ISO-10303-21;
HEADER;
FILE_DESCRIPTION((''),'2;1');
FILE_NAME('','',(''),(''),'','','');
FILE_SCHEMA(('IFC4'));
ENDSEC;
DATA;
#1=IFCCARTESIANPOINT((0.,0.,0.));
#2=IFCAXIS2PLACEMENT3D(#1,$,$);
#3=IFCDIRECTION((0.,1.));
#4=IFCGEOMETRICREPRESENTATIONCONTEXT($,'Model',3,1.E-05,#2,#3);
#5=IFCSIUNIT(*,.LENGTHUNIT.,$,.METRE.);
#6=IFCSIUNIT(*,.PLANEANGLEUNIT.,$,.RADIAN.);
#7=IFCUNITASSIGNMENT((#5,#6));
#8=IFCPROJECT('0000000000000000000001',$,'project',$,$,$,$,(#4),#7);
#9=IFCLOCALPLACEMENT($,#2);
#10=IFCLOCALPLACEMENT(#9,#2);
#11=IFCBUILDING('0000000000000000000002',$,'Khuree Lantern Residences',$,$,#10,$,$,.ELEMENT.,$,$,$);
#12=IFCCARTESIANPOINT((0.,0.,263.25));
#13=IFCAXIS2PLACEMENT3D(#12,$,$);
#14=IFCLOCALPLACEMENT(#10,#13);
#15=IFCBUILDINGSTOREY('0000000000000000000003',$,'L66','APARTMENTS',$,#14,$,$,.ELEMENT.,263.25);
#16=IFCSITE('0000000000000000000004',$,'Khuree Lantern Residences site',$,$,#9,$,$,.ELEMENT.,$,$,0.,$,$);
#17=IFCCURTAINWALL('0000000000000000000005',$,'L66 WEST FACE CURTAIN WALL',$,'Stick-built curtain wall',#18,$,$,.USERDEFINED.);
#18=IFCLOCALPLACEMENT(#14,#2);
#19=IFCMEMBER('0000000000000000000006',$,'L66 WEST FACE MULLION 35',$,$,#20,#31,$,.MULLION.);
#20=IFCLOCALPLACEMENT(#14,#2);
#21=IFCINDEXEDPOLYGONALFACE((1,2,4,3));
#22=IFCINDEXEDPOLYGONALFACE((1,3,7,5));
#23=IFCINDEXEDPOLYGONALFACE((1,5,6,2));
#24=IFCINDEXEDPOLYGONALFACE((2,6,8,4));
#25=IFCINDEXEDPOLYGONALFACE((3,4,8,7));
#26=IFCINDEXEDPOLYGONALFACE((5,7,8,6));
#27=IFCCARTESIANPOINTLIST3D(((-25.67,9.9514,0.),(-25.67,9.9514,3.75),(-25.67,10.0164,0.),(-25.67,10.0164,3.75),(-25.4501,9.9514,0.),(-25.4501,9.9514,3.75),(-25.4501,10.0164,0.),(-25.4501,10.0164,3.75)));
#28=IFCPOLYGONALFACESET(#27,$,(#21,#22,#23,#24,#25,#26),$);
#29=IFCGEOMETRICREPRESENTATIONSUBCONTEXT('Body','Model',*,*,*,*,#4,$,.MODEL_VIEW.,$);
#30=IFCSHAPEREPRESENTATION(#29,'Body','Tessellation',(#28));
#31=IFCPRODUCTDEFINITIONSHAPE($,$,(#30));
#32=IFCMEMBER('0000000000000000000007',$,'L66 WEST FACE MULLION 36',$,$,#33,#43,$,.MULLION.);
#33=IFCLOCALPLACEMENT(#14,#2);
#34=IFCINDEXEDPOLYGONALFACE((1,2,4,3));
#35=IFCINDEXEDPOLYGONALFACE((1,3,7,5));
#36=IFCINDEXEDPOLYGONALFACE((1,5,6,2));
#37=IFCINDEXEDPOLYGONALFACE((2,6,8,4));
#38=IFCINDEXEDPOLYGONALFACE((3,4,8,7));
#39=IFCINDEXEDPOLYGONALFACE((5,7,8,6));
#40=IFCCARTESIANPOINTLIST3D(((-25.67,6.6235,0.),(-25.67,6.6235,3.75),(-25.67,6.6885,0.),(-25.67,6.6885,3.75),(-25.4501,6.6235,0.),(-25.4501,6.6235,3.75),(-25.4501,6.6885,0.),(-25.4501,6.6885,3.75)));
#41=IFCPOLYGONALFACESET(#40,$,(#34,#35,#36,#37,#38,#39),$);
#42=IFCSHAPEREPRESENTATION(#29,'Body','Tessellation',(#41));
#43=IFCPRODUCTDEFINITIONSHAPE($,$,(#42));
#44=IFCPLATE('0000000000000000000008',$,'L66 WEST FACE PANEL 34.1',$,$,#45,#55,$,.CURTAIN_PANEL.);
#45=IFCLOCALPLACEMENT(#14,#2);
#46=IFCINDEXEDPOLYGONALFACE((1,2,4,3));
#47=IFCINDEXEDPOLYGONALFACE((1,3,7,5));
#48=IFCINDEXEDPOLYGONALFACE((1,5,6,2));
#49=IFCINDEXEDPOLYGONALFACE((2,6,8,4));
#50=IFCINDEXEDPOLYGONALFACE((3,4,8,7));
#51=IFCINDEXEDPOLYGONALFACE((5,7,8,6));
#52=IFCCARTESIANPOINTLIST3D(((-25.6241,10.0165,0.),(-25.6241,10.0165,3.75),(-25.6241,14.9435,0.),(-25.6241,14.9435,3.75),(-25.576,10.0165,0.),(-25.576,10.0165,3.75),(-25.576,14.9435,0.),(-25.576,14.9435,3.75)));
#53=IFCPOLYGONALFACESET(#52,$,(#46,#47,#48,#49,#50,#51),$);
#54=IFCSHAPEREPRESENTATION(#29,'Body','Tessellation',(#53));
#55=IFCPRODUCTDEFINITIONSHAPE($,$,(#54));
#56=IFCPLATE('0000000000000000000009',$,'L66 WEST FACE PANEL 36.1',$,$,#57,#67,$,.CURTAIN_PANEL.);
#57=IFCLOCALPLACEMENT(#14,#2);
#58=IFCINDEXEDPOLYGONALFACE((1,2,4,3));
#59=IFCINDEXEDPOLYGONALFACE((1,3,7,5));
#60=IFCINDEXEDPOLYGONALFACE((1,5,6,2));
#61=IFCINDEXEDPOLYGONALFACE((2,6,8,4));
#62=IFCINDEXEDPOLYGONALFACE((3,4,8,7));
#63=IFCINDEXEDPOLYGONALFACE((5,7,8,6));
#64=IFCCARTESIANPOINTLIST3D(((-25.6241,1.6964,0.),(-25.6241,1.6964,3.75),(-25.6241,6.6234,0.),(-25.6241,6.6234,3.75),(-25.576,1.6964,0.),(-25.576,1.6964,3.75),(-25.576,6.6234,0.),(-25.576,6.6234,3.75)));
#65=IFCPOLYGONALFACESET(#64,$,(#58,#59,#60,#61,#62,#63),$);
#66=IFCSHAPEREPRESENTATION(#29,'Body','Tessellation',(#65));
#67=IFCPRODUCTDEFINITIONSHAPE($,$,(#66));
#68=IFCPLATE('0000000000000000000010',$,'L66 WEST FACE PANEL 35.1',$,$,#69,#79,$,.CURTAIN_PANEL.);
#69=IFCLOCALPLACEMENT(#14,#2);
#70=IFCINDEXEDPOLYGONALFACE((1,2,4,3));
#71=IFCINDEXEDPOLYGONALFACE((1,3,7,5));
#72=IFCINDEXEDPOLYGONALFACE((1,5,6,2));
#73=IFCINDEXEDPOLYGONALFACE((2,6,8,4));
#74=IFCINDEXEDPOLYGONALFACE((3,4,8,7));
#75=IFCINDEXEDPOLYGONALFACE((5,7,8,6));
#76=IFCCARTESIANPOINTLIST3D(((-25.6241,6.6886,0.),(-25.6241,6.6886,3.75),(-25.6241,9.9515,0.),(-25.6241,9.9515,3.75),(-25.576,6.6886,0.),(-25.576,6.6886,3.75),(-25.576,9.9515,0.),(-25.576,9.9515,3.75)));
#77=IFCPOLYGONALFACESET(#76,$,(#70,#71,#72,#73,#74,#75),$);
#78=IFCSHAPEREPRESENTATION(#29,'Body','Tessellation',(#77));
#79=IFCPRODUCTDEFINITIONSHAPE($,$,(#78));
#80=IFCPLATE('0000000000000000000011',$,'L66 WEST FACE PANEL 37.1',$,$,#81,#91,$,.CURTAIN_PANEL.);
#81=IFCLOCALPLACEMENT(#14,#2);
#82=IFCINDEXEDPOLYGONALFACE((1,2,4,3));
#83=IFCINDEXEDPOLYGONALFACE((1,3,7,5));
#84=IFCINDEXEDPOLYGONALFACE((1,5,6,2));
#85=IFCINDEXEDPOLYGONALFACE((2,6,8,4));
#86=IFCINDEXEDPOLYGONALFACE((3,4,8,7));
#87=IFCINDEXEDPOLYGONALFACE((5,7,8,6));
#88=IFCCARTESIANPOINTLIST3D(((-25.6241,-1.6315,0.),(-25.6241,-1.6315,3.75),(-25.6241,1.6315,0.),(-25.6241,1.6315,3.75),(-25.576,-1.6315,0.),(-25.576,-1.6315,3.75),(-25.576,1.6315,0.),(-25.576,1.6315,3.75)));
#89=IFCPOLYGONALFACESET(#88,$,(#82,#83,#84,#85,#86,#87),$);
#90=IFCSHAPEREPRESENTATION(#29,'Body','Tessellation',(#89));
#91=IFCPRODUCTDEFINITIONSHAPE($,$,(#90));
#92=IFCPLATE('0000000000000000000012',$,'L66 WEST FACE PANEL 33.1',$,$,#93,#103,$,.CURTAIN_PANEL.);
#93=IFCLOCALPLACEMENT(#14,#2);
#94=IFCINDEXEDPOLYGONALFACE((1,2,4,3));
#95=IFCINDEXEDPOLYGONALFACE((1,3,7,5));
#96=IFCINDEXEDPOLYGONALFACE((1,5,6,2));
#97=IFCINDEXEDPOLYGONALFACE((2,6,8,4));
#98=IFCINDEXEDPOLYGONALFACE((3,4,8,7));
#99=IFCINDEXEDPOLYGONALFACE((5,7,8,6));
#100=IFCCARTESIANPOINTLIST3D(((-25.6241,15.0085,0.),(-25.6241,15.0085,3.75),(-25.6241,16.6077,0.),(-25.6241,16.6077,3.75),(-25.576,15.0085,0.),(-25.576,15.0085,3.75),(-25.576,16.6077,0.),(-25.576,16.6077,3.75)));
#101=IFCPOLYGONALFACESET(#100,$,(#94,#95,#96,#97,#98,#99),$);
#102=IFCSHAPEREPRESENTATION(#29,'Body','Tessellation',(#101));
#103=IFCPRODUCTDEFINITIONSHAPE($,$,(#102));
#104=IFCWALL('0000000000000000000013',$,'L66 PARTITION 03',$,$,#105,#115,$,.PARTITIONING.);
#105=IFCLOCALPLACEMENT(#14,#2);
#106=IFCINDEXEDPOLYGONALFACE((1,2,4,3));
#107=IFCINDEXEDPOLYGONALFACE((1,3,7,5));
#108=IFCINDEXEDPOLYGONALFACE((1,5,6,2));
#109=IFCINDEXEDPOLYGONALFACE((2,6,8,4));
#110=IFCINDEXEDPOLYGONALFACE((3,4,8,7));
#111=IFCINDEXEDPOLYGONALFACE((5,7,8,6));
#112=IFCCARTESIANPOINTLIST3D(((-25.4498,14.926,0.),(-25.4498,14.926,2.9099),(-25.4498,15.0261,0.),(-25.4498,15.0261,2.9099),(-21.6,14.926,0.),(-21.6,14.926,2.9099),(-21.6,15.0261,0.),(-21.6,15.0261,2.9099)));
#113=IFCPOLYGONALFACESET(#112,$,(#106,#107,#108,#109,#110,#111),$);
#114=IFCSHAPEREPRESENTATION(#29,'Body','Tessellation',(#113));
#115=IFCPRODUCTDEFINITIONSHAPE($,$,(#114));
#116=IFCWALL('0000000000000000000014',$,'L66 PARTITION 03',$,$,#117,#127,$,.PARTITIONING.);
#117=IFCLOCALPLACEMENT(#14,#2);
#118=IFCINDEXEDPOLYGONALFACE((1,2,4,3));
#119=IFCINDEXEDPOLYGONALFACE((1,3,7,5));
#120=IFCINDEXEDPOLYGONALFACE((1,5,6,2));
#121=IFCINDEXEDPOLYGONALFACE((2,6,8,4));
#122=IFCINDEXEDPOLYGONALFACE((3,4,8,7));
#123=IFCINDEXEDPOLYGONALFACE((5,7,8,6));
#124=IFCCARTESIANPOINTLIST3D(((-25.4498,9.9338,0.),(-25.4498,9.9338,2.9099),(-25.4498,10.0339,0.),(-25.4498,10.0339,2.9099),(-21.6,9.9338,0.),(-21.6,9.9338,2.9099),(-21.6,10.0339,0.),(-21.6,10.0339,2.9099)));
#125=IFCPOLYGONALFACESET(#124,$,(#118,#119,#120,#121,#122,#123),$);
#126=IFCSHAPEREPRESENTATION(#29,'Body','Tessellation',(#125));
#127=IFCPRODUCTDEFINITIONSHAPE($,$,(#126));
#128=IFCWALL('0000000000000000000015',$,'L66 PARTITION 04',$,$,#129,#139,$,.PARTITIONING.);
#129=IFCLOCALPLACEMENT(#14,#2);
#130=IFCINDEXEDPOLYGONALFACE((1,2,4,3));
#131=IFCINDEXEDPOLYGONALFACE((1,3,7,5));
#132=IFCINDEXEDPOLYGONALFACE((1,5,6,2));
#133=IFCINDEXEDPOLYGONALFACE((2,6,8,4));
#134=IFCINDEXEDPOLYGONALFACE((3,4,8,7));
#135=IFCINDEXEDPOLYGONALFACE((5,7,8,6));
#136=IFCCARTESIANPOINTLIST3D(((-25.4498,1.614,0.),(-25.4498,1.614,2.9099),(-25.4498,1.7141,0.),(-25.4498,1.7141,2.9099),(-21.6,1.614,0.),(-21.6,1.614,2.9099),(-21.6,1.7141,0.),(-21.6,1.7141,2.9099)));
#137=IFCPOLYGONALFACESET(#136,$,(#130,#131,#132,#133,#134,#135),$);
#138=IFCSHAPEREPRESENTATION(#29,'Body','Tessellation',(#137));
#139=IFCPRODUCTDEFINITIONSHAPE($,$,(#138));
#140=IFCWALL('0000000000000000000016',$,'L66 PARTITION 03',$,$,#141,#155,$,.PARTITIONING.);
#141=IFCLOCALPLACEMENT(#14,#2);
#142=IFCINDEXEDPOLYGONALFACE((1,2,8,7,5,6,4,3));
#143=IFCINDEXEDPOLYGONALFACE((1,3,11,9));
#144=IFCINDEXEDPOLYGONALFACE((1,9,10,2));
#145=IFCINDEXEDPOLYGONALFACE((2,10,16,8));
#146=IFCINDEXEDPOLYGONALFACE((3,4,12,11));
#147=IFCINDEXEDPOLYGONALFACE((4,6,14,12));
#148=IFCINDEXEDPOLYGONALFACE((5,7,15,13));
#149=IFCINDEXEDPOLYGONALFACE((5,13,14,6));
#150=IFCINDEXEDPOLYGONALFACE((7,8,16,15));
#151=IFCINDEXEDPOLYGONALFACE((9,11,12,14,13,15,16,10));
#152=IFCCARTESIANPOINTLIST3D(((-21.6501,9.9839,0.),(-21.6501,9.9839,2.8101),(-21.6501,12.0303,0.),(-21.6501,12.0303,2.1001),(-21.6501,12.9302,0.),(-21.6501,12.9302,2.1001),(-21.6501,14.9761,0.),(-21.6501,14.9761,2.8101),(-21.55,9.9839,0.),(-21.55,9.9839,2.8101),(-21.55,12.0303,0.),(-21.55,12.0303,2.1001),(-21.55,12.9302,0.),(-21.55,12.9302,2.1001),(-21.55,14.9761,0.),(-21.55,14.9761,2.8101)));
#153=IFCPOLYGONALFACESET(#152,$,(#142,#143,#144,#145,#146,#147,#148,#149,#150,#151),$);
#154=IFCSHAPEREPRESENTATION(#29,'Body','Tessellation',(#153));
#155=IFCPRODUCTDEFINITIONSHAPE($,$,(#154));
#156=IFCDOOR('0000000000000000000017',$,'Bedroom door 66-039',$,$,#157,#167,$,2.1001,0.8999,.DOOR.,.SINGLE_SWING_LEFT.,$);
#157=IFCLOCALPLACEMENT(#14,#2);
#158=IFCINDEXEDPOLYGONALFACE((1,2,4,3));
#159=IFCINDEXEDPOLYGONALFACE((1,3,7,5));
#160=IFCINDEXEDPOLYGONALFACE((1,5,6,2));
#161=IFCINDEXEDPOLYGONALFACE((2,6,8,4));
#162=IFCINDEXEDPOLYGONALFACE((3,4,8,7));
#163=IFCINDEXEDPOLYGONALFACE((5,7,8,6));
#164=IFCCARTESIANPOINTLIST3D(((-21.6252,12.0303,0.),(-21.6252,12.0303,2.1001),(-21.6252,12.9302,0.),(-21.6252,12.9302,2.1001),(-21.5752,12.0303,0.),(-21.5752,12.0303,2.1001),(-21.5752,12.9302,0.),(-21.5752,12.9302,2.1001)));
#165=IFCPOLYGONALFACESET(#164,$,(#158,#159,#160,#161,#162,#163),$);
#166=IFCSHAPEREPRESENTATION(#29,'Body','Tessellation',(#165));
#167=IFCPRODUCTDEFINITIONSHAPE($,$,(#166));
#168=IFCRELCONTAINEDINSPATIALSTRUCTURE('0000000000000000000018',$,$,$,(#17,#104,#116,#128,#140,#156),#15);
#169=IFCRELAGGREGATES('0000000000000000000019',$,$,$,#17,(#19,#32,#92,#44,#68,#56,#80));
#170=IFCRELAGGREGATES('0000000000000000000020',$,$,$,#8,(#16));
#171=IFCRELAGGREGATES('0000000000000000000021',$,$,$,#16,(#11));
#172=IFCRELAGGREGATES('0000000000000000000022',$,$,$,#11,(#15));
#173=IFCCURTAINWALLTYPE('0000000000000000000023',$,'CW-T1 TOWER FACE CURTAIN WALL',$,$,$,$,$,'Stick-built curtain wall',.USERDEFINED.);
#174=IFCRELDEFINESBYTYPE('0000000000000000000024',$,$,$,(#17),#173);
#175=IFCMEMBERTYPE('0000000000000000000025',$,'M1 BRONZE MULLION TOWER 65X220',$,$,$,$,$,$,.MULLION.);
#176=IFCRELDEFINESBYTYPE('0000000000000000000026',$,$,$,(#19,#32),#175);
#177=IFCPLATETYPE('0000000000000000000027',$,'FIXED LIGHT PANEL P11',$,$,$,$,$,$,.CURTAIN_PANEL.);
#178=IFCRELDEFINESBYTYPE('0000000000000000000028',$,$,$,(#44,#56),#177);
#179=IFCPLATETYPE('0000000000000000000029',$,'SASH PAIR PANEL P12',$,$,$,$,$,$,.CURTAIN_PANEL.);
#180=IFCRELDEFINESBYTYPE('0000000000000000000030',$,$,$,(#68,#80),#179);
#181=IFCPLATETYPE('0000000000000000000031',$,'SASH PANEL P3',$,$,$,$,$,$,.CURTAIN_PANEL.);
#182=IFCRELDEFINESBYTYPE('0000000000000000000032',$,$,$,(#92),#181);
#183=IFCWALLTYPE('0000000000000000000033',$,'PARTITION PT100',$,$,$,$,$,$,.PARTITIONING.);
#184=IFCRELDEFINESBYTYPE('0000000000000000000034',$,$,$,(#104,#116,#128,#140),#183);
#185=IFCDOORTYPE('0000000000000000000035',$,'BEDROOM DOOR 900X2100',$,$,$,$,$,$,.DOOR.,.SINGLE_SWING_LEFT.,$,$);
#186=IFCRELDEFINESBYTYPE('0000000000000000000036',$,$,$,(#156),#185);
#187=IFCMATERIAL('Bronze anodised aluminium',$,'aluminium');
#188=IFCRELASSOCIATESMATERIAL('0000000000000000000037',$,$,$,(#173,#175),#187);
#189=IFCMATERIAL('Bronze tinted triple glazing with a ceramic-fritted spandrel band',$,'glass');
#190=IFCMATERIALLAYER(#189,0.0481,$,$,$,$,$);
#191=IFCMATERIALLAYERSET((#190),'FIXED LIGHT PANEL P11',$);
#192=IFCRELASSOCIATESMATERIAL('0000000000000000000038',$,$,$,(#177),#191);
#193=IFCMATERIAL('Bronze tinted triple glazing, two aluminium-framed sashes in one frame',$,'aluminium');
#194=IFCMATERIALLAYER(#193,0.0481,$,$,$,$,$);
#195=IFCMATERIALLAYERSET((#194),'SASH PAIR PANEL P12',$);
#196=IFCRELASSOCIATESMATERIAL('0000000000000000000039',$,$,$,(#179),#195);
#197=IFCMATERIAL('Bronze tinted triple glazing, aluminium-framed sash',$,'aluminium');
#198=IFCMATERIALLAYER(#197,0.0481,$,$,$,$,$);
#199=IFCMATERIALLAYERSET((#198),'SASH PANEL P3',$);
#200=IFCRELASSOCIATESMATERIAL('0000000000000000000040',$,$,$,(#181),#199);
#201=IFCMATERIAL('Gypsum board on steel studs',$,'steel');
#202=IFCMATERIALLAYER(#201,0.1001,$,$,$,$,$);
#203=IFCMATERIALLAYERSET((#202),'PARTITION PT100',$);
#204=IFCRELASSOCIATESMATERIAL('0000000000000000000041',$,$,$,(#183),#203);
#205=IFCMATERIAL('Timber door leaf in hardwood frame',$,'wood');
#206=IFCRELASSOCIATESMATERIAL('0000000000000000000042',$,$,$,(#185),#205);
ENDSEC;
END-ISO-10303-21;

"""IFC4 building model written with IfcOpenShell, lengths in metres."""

from ifc_helpers import new_model, si_unit, direction, frame, frame_2d, origin, origin_2d, place, context, subcontext, project, spatial, rectangle, extrude, material, layer, layer_set, material_profile, profile_set, type_object, element, fill, aggregate, save


model = new_model("IFC4")

# Units and contexts
model_context = context("Model", 3, precision=1e-05, world=origin(), true_north=direction((0.0, 1.0)))
body_context = subcontext(model_context, "Body", "Model", "MODEL_VIEW")
ifc_project = project(units=[si_unit("LENGTHUNIT", "METRE"), si_unit("PLANEANGLEUNIT", "RADIAN")], contexts=[model_context])

# Site, building, storey
site_placement = place(None, origin())
site = spatial("IfcSite", under=ifc_project, at=site_placement, Name="Khuree Lantern Residences site", CompositionType="ELEMENT", RefElevation=0.0)
building_placement = place(site_placement, origin())
building = spatial("IfcBuilding", under=site, at=building_placement, Name="Khuree Lantern Residences", CompositionType="ELEMENT")
storey_placement = place(building_placement, frame((0.0, 0.0, 263.25)))
storey = spatial("IfcBuildingStorey", under=building, at=storey_placement, Name="L66", Description="APARTMENTS", CompositionType="ELEMENT", Elevation=263.25)

# Curtain wall
ifc_material_1 = material(Name="Bronze anodised aluminium", Category="aluminium")
curtain_wall_type = type_object("IfcCurtainWallType", Name="CW-T1 TOWER FACE CURTAIN WALL", ElementType="Stick-built curtain wall", PredefinedType="USERDEFINED", material=ifc_material_1)
curtain_wall_placement = place(storey_placement, origin())
curtain_wall = element("IfcCurtainWall", 1, at=curtain_wall_placement, inside=storey, type_object=curtain_wall_type, Name="L66 WEST FACE CURTAIN WALL", ObjectType="Stick-built curtain wall", PredefinedType="USERDEFINED")

# Members
ifc_material_profile_1 = material_profile(ifc_material_1, rectangle(XDim=0.0649, YDim=0.22, at=origin_2d()), Name="M1 65X220")
ifc_profile_set_1 = profile_set([ifc_material_profile_1], Name="Bronze anodised aluminium")
member_type_1 = type_object("IfcMemberType", Name="M1 BRONZE MULLION TOWER 65X220", PredefinedType="MULLION", material=ifc_profile_set_1)
member_1_placement = place(storey_placement, frame((-25.5601, 9.9839, 0.0), z_axis=(0.0, 0.0, 1.0), x_axis=(0.0, -1.0, 0.0)))
member_1 = element("IfcMember", 2, at=member_1_placement, type_object=member_type_1, Name="L66 WEST FACE MULLION 35", PredefinedType="MULLION", context=body_context, shape_type="SweptSolid", body=[
    extrude(rectangle(XDim=0.0649, YDim=0.22, at=origin_2d()), origin(), (0.0, 0.0, 1.0), 3.75),
])
member_2_placement = place(storey_placement, frame((-25.5601, 6.656, 0.0), z_axis=(0.0, 0.0, 1.0), x_axis=(0.0, -1.0, 0.0)))
member_2 = element("IfcMember", 3, at=member_2_placement, type_object=member_type_1, Name="L66 WEST FACE MULLION 36", PredefinedType="MULLION", context=body_context, shape_type="SweptSolid", body=[
    extrude(rectangle(XDim=0.0649, YDim=0.22, at=origin_2d()), origin(), (0.0, 0.0, 1.0), 3.75),
])

# Plates
ifc_material_2 = material(Name="Bronze tinted triple glazing with a ceramic-fritted spandrel band", Category="glass")
ifc_layer_1 = layer(ifc_material_2, 0.0481)
ifc_layer_set_1 = layer_set([ifc_layer_1], Name="FIXED LIGHT PANEL P11")
plate_type_1 = type_object("IfcPlateType", Name="FIXED LIGHT PANEL P11", PredefinedType="CURTAIN_PANEL", material=ifc_layer_set_1)
plate_1_placement = place(storey_placement, frame((-25.6001, 12.48, 0.0), z_axis=(0.0, 0.0, 1.0), x_axis=(0.0, -1.0, 0.0)))
plate_1 = element("IfcPlate", 4, at=plate_1_placement, type_object=plate_type_1, Name="L66 WEST FACE PANEL 34.1", PredefinedType="CURTAIN_PANEL", context=body_context, shape_type="SweptSolid", body=[
    extrude(rectangle(XDim=4.927, YDim=0.0481, at=origin_2d()), origin(), (0.0, 0.0, 1.0), 3.75),
])
plate_2_placement = place(storey_placement, frame((-25.6001, 4.1599, 0.0), z_axis=(0.0, 0.0, 1.0), x_axis=(0.0, -1.0, 0.0)))
plate_2 = element("IfcPlate", 5, at=plate_2_placement, type_object=plate_type_1, Name="L66 WEST FACE PANEL 36.1", PredefinedType="CURTAIN_PANEL", context=body_context, shape_type="SweptSolid", body=[
    extrude(rectangle(XDim=4.927, YDim=0.0481, at=origin_2d()), origin(), (0.0, 0.0, 1.0), 3.75),
])
ifc_material_3 = material(Name="Bronze tinted triple glazing, two aluminium-framed sashes in one frame", Category="aluminium")
ifc_layer_2 = layer(ifc_material_3, 0.0481)
ifc_layer_set_2 = layer_set([ifc_layer_2], Name="SASH PAIR PANEL P12")
plate_type_2 = type_object("IfcPlateType", Name="SASH PAIR PANEL P12", PredefinedType="CURTAIN_PANEL", material=ifc_layer_set_2)
plate_3_placement = place(storey_placement, frame((-25.6001, 8.3201, 0.0), z_axis=(0.0, 0.0, 1.0), x_axis=(0.0, -1.0, 0.0)))
plate_3 = element("IfcPlate", 6, at=plate_3_placement, type_object=plate_type_2, Name="L66 WEST FACE PANEL 35.1", PredefinedType="CURTAIN_PANEL", context=body_context, shape_type="SweptSolid", body=[
    extrude(rectangle(XDim=3.2629, YDim=0.0481, at=origin_2d()), origin(), (0.0, 0.0, 1.0), 3.75),
])
plate_4_placement = place(storey_placement, frame((-25.6001, 0.0, 0.0), z_axis=(0.0, 0.0, 1.0), x_axis=(0.0, -1.0, 0.0)))
plate_4 = element("IfcPlate", 7, at=plate_4_placement, type_object=plate_type_2, Name="L66 WEST FACE PANEL 37.1", PredefinedType="CURTAIN_PANEL", context=body_context, shape_type="SweptSolid", body=[
    extrude(rectangle(XDim=3.2629, YDim=0.0481, at=origin_2d()), origin(), (0.0, 0.0, 1.0), 3.75),
])
ifc_material_4 = material(Name="Bronze tinted triple glazing, aluminium-framed sash", Category="aluminium")
ifc_layer_3 = layer(ifc_material_4, 0.0481)
ifc_layer_set_3 = layer_set([ifc_layer_3], Name="SASH PANEL P3")
plate_type_3 = type_object("IfcPlateType", Name="SASH PANEL P3", PredefinedType="CURTAIN_PANEL", material=ifc_layer_set_3)
plate_5_placement = place(storey_placement, frame((-25.6001, 15.8081, 0.0), z_axis=(0.0, 0.0, 1.0), x_axis=(0.0, -1.0, 0.0)))
plate_5 = element("IfcPlate", 8, at=plate_5_placement, type_object=plate_type_3, Name="L66 WEST FACE PANEL 33.1", PredefinedType="CURTAIN_PANEL", context=body_context, shape_type="SweptSolid", body=[
    extrude(rectangle(XDim=1.5991, YDim=0.0481, at=origin_2d()), origin(), (0.0, 0.0, 1.0), 3.75),
])
aggregate(curtain_wall, [member_1, member_2, plate_5, plate_1, plate_3, plate_2, plate_4])

# Walls
ifc_material_5 = material(Name="Gypsum board on steel studs", Category="steel")
ifc_layer_4 = layer(ifc_material_5, 0.1001)
ifc_layer_set_4 = layer_set([ifc_layer_4], Name="PARTITION PT100")
wall_type = type_object("IfcWallType", Name="PARTITION PT100", PredefinedType="PARTITIONING", material=ifc_layer_set_4)
for number, where, z_axis, x_axis, name in (
    (9, (-21.6001, 14.9761, 0.0), (0.0, 0.0, 1.0), (-1.0, 0.0, 0.0), "L66 PARTITION 03"),
    (10, (-21.6001, 9.9839, 0.0), (0.0, 0.0, 1.0), (-1.0, 0.0, 0.0), "L66 PARTITION 03"),
    (11, (-21.6001, 1.6641, 0.0), (0.0, 0.0, 1.0), (-1.0, 0.0, 0.0), "L66 PARTITION 04"),
):
    element("IfcWall", number, at=place(storey_placement, frame(where, z_axis=z_axis, x_axis=x_axis)), inside=storey, type_object=wall_type, Name=name, PredefinedType="PARTITIONING", context=body_context, shape_type="SweptSolid", body=[
        extrude(rectangle(XDim=3.8499, YDim=0.1001, at=frame_2d((1.9248, 0.0))), origin(), (0.0, 0.0, 1.0), 2.9099),
    ])

# Wall, opening, door
wall_1_placement = place(storey_placement, frame((-21.6001, 14.9761, 0.0), z_axis=(0.0, 0.0, 1.0), x_axis=(0.0, -1.0, 0.0)))
wall_1 = element("IfcWall", 12, at=wall_1_placement, inside=storey, type_object=wall_type, Name="L66 PARTITION 03", PredefinedType="PARTITIONING", context=body_context, shape_type="SweptSolid", body=[
    extrude(rectangle(XDim=4.9922, YDim=0.1001, at=frame_2d((2.4961, 0.0))), origin(), (0.0, 0.0, 1.0), 2.8101),
])
opening_1_placement = place(wall_1_placement, frame((2.0459, 0.0, 0.0)))
opening_1 = element("IfcOpeningElement", 13, at=opening_1_placement, cuts=wall_1, PredefinedType="OPENING", context=body_context, shape_type="SweptSolid", body=[
    extrude(rectangle(XDim=0.8999, YDim=2.1001, at=frame_2d((0.45, 1.05))), frame((0.0, 0.0601, 0.0), z_axis=(0.0, -1.0, 0.0), x_axis=(1.0, 0.0, 0.0)), (0.0, 0.0, 1.0), 0.1201),
])
ifc_material_6 = material(Name="Timber door leaf in hardwood frame", Category="wood")
door_type = type_object("IfcDoorType", Name="BEDROOM DOOR 900X2100", OperationType="SINGLE_SWING_LEFT", PredefinedType="DOOR", material=ifc_material_6)
door_1_placement = place(opening_1_placement, origin())
door_1 = element("IfcDoor", 14, at=door_1_placement, inside=storey, type_object=door_type, Name="Bedroom door 66-039", OperationType="SINGLE_SWING_LEFT", OverallHeight=2.1001, OverallWidth=0.8999, PredefinedType="DOOR", context=body_context, shape_type="SweptSolid", body=[
    extrude(rectangle(XDim=0.8999, YDim=2.1001, at=frame_2d((0.45, 1.05))), frame((0.0, 0.0249, 0.0), z_axis=(0.0, -1.0, 0.0), x_axis=(1.0, 0.0, 0.0)), (0.0, 0.0, 1.0), 0.05),
])
fill(opening_1, door_1)

save(model, "model.ifc")
